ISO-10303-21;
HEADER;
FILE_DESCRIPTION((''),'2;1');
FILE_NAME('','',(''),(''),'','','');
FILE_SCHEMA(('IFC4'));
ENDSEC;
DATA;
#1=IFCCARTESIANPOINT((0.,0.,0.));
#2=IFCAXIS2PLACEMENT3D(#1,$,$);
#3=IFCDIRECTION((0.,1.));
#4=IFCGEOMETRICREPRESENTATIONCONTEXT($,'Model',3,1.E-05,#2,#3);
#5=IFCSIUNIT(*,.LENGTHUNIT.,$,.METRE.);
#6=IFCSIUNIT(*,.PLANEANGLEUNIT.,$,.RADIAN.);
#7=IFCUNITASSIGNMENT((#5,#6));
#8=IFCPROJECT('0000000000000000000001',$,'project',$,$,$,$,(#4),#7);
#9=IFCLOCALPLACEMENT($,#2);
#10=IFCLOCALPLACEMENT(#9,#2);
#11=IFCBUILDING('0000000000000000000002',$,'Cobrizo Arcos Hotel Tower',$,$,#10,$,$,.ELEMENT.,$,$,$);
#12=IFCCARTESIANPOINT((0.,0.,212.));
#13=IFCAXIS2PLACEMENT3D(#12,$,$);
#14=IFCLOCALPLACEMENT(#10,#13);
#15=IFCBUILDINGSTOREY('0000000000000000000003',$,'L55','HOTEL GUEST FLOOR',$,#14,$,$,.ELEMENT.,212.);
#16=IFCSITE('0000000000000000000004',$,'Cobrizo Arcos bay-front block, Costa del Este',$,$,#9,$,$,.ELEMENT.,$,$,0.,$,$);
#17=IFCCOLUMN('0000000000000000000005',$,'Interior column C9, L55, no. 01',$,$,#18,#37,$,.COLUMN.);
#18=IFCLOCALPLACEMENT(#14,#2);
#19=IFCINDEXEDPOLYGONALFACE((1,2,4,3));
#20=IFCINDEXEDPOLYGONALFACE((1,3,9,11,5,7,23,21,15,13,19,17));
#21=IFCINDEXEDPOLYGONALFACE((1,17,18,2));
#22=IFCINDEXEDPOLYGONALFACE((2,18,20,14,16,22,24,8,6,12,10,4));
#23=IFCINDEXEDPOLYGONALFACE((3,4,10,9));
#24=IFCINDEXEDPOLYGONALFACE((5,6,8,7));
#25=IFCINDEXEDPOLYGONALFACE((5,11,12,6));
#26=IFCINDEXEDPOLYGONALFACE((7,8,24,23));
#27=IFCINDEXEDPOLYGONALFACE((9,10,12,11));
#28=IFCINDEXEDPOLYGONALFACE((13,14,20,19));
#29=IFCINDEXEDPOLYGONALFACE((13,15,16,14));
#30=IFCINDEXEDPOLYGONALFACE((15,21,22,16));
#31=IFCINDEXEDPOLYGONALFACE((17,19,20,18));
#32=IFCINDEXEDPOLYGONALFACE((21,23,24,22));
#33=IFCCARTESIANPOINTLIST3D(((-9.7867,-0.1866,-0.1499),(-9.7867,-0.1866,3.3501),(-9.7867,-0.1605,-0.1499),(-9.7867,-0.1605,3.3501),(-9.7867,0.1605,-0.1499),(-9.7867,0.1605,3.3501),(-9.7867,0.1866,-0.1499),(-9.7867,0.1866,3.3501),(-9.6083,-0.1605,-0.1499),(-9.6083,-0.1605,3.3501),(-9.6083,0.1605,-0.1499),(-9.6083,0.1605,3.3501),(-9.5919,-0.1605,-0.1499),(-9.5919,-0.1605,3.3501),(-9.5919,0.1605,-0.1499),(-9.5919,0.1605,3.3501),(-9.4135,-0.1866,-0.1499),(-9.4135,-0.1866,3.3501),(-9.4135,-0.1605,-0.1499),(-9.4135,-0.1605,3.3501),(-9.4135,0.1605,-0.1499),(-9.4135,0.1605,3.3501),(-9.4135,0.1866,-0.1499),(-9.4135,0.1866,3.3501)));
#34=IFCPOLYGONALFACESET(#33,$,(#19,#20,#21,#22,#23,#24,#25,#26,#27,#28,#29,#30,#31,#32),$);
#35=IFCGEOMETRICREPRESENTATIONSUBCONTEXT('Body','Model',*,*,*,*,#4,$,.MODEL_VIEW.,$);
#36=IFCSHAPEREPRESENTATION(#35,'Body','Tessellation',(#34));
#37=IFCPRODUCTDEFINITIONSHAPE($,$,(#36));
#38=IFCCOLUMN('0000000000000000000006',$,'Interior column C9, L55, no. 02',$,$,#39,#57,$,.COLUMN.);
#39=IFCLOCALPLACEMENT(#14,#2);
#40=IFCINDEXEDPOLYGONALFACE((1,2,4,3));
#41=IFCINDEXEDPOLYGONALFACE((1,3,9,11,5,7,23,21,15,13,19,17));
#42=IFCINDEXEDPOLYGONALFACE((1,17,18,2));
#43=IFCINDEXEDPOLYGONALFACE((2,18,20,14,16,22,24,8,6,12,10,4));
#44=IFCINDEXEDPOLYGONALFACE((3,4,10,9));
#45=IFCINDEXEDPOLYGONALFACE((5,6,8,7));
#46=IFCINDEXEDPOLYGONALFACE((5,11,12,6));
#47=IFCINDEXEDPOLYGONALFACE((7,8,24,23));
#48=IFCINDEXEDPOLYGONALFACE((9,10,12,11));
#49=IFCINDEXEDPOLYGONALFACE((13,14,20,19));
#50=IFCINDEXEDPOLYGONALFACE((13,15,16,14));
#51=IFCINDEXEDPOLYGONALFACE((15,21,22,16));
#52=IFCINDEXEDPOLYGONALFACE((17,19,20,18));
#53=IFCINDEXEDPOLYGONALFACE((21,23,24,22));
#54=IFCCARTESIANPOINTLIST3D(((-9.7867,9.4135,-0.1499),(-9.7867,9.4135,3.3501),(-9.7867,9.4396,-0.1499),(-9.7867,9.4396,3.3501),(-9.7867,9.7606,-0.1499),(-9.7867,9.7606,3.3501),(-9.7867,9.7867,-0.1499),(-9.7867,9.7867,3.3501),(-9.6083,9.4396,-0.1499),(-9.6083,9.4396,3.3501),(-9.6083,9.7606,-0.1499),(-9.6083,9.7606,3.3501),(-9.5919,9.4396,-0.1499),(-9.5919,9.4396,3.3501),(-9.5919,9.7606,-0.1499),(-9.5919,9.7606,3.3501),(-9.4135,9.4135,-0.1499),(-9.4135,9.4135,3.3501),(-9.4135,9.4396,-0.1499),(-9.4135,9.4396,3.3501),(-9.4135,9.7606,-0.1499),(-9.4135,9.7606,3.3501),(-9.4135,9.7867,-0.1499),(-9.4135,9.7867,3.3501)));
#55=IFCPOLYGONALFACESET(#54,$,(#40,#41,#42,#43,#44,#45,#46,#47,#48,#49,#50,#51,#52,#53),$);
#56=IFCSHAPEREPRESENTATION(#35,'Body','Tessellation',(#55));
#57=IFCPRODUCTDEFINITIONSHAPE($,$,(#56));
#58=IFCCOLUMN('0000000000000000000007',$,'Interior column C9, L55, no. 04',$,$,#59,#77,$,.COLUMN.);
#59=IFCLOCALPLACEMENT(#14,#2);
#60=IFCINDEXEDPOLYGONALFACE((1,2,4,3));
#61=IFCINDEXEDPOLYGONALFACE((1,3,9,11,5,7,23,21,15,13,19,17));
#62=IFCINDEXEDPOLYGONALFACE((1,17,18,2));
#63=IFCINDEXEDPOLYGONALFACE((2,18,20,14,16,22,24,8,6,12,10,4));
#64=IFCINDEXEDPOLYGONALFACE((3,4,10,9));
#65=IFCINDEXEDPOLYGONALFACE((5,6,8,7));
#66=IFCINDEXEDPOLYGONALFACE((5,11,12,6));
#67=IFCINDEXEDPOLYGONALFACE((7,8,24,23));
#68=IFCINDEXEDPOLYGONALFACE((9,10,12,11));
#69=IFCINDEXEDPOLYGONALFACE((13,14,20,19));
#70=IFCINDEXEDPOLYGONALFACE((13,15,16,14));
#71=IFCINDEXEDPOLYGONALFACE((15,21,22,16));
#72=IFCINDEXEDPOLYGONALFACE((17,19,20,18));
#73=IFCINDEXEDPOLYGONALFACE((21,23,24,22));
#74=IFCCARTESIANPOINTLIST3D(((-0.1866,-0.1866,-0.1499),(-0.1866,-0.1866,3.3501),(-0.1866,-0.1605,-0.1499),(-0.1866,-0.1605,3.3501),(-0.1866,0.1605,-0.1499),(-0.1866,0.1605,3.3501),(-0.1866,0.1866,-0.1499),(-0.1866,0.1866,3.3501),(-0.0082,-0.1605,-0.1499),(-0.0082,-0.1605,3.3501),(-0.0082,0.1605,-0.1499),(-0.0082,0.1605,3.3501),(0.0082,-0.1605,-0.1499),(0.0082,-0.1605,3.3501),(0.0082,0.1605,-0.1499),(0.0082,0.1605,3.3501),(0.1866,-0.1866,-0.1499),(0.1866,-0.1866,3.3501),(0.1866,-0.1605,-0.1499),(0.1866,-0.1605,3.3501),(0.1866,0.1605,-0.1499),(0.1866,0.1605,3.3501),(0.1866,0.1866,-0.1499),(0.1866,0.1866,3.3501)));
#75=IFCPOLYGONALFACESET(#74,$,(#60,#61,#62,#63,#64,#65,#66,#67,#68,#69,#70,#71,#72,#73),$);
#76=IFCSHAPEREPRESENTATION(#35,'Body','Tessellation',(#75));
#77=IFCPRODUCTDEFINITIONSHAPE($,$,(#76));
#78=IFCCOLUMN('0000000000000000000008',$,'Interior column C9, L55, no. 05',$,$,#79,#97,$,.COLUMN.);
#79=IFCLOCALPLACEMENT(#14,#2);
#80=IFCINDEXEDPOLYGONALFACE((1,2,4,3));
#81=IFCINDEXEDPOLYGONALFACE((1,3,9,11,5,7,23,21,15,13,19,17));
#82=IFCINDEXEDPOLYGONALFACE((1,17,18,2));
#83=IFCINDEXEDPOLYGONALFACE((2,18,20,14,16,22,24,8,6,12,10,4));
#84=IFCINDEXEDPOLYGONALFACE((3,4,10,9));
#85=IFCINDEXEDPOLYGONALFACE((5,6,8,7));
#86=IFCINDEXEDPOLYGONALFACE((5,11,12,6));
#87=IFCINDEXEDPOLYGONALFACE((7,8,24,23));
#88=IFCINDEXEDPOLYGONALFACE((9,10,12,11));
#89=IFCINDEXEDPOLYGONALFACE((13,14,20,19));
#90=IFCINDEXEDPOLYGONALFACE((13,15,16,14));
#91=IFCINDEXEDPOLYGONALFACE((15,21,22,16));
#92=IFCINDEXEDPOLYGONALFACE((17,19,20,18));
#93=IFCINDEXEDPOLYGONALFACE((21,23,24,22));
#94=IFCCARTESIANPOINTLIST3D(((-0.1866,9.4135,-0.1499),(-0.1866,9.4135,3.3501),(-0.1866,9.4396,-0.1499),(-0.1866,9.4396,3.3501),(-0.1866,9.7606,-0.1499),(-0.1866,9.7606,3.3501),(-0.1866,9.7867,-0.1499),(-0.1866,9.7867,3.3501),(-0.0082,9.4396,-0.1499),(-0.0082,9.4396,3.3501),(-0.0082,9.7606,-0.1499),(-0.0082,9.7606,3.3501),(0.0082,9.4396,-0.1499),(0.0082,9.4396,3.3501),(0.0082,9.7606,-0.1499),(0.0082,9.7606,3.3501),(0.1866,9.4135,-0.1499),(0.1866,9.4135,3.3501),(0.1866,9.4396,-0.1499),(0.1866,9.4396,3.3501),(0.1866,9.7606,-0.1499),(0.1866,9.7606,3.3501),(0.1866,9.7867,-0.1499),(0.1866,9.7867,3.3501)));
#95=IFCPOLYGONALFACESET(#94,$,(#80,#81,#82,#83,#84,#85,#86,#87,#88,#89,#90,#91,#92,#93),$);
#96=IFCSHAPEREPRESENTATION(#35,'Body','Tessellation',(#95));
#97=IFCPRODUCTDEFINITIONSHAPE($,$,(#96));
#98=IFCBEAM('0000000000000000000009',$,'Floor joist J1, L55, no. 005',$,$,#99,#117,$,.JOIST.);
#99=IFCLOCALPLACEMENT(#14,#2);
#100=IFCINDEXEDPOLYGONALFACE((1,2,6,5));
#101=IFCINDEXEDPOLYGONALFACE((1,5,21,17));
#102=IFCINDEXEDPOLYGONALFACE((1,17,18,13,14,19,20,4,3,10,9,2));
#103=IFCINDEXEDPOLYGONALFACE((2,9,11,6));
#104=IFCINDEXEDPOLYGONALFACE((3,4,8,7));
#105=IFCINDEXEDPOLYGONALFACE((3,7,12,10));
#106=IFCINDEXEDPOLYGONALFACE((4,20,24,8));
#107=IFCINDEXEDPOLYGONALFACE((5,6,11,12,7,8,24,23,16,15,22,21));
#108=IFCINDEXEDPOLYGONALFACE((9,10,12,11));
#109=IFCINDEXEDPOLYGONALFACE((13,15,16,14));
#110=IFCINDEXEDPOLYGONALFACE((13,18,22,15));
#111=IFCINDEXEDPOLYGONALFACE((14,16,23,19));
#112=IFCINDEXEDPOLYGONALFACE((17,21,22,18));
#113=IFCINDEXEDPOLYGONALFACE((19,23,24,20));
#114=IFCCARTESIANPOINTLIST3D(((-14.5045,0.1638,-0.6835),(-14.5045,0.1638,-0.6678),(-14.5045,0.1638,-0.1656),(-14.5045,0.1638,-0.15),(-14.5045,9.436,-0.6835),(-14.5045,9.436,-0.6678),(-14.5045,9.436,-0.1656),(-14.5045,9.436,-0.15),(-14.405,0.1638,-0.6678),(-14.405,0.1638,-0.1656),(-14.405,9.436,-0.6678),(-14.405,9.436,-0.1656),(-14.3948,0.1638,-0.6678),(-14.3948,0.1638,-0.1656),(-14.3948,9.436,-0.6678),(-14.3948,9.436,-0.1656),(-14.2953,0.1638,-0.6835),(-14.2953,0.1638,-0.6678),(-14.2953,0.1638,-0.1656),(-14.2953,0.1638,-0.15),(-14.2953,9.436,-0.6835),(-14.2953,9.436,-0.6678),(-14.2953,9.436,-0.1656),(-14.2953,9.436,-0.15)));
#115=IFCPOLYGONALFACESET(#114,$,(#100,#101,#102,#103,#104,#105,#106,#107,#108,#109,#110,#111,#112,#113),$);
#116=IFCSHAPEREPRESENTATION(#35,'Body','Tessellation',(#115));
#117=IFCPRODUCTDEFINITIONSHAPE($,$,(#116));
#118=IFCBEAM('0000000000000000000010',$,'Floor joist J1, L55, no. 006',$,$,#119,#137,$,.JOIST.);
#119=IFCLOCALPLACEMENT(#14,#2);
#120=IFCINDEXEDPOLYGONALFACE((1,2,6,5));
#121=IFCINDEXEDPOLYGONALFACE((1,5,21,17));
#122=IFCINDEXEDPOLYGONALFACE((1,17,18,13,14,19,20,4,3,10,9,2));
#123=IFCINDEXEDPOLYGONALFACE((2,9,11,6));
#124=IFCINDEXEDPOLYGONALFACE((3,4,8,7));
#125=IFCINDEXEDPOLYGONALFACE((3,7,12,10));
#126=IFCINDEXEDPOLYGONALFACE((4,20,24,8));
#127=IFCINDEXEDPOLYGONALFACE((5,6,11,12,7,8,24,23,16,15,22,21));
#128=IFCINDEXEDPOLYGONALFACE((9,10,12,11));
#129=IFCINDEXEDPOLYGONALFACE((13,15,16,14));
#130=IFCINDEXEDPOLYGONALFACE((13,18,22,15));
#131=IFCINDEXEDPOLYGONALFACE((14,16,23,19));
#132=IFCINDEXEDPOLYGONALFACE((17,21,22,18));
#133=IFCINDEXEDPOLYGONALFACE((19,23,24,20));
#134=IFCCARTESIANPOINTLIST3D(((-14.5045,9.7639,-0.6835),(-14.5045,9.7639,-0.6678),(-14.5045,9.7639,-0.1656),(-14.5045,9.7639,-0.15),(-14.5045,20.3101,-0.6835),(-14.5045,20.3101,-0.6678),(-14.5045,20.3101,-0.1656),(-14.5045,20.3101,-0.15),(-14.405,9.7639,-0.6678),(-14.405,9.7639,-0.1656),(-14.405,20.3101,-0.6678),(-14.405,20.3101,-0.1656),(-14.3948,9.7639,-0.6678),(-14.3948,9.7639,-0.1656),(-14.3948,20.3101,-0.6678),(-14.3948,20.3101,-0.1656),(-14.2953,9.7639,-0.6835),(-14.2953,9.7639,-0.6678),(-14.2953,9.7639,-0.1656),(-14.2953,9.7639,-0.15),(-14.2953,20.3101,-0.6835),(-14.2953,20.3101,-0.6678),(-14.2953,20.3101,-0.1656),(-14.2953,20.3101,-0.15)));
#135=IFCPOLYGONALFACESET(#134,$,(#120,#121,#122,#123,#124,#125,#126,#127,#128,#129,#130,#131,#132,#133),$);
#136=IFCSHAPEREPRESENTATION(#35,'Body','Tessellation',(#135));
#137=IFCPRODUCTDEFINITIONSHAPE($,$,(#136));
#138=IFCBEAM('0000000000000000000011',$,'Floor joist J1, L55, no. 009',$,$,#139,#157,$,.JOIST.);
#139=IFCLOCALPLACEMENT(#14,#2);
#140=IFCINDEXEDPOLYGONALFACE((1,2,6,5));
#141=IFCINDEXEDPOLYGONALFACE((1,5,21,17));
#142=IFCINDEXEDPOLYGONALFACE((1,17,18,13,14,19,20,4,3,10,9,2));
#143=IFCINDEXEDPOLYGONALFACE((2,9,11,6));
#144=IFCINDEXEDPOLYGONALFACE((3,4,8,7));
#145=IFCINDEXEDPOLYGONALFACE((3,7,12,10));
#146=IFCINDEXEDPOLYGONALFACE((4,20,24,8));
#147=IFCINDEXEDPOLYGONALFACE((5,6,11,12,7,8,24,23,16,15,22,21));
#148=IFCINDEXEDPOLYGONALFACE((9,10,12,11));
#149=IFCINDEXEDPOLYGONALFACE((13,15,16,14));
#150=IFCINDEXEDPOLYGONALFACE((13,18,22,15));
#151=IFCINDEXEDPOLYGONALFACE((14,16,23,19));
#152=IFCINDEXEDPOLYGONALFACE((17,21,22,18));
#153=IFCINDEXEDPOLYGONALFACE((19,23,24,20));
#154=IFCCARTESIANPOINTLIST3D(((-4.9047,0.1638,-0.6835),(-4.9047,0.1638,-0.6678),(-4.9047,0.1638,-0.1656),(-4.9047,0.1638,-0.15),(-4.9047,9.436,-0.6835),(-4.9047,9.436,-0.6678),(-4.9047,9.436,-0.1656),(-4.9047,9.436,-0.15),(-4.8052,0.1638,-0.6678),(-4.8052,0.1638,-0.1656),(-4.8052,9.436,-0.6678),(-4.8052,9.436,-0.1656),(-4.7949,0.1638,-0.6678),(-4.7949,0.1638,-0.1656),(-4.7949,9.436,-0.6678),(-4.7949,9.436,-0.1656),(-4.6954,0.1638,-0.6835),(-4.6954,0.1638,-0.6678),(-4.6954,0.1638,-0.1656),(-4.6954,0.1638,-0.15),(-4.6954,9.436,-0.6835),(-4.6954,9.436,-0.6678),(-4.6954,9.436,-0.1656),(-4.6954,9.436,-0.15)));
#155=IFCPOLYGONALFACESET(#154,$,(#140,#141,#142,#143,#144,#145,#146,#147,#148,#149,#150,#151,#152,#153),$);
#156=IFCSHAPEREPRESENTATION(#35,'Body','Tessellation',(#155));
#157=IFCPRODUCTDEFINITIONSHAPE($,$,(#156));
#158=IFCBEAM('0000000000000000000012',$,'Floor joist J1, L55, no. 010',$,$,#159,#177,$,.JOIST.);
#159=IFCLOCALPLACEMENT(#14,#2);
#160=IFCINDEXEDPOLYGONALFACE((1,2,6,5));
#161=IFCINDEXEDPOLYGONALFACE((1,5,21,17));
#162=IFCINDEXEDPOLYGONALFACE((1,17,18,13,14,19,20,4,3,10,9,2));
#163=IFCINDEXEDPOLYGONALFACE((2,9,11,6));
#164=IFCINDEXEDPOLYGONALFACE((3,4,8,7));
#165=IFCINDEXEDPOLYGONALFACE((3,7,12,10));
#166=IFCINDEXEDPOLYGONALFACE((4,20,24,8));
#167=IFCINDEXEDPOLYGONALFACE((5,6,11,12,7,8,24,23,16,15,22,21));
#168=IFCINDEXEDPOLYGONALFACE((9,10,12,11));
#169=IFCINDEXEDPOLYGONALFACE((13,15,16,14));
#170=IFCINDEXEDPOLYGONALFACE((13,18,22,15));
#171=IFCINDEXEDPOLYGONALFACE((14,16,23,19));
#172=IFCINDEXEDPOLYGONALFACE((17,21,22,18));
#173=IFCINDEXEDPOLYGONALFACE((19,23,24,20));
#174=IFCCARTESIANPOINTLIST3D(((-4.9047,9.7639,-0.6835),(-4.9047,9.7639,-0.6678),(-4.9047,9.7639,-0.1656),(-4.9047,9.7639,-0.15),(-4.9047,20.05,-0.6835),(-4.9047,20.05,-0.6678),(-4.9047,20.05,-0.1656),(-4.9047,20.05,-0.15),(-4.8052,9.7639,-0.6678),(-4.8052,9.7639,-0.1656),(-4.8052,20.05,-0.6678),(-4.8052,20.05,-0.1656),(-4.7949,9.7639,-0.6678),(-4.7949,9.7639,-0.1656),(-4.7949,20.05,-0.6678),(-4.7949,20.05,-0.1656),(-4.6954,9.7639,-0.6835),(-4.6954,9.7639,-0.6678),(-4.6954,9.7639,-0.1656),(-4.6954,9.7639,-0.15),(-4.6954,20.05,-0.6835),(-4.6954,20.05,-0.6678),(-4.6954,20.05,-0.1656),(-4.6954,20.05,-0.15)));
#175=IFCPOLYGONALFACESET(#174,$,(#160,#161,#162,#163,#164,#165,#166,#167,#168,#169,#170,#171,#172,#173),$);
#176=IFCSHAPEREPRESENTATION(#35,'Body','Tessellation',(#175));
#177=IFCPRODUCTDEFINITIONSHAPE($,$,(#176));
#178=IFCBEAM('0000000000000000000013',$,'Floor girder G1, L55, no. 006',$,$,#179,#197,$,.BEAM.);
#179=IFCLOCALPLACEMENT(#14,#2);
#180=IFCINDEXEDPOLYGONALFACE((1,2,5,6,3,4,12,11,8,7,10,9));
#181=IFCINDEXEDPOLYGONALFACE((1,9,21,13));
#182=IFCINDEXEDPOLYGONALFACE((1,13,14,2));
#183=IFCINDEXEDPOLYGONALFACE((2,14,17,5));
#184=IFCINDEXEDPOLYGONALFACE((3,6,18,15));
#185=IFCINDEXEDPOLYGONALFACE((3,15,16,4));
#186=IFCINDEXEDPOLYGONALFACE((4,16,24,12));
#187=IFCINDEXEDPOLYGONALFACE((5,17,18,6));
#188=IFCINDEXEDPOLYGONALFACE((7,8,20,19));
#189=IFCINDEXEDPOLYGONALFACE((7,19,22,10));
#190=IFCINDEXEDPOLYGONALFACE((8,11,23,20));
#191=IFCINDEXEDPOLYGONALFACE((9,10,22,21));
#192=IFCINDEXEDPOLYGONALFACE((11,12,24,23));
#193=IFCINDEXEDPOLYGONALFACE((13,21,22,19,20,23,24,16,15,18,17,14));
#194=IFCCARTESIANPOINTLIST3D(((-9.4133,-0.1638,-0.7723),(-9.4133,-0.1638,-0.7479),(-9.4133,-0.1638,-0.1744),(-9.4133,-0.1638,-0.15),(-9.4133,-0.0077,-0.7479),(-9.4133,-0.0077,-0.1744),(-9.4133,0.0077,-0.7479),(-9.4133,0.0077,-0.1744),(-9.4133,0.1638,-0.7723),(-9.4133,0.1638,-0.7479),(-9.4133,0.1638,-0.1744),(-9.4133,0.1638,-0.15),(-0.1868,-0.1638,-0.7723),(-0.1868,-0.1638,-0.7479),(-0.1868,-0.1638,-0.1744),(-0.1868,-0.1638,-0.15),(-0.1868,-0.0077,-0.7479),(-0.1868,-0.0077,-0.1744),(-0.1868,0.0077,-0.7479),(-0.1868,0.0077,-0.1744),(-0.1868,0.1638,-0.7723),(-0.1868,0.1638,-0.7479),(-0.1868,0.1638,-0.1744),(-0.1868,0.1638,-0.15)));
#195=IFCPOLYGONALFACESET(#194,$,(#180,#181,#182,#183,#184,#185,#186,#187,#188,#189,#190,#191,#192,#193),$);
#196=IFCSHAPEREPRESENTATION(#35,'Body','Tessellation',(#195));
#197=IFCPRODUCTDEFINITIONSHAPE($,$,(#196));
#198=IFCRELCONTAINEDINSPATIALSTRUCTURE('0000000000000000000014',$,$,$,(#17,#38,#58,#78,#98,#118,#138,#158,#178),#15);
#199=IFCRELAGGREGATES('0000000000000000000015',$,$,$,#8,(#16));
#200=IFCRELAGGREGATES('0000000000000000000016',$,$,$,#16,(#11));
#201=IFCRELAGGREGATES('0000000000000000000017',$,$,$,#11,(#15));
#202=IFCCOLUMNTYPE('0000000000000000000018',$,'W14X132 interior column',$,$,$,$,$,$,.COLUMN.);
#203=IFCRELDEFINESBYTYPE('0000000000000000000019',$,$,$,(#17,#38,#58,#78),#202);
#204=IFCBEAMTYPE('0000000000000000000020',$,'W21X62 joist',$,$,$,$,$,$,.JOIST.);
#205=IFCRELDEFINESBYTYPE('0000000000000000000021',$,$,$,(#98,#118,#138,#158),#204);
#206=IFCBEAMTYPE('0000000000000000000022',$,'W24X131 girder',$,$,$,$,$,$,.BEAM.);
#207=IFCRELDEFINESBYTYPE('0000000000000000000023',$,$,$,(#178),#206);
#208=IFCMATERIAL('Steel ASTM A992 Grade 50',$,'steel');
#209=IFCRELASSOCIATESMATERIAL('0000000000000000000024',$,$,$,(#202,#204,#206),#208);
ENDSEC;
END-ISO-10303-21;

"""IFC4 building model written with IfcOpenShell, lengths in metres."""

from ifc_helpers import new_model, si_unit, direction, frame, origin, origin_2d, place, context, subcontext, project, spatial, i_section, extrude, material, material_profile, profile_set, type_object, element, save


model = new_model("IFC4")

# Units and contexts
model_context = context("Model", 3, precision=1e-05, world=origin(), true_north=direction((0.0, 1.0)))
body_context = subcontext(model_context, "Body", "Model", "MODEL_VIEW")
ifc_project = project(units=[si_unit("LENGTHUNIT", "METRE"), si_unit("PLANEANGLEUNIT", "RADIAN")], contexts=[model_context])

# Site, building, storey
site_placement = place(None, origin())
site = spatial("IfcSite", under=ifc_project, at=site_placement, Name="Cobrizo Arcos bay-front block, Costa del Este", CompositionType="ELEMENT", RefElevation=0.0)
building_placement = place(site_placement, origin())
building = spatial("IfcBuilding", under=site, at=building_placement, Name="Cobrizo Arcos Hotel Tower", CompositionType="ELEMENT")
storey_placement = place(building_placement, frame((0.0, 0.0, 212.0)))
storey = spatial("IfcBuildingStorey", under=building, at=storey_placement, Name="L55", Description="HOTEL GUEST FLOOR", CompositionType="ELEMENT", Elevation=212.0)

# Columns
ifc_material_1 = material(Name="Steel ASTM A992 Grade 50", Category="steel")
ifc_material_profile_1 = material_profile(ifc_material_1, i_section(OverallWidth=0.3733, OverallDepth=0.3733, WebThickness=0.0164, FlangeThickness=0.0261, at=origin_2d()), Name="W14X132")
ifc_profile_set_1 = profile_set([ifc_material_profile_1], Name="Steel ASTM A992 Grade 50")
column_type = type_object("IfcColumnType", Name="W14X132 interior column", PredefinedType="COLUMN", material=ifc_profile_set_1)
for number, where, z_axis, x_axis, name in (
    (1, (-9.6001, 0.0, -0.1499), (0.0, 0.0, 1.0), (1.0, 0.0, 0.0), "Interior column C9, L55, no. 01"),
    (2, (-9.6001, 9.6001, -0.1499), (0.0, 0.0, 1.0), (1.0, 0.0, 0.0), "Interior column C9, L55, no. 02"),
    (3, (0.0, 0.0, -0.1499), (0.0, 0.0, 1.0), (1.0, 0.0, 0.0), "Interior column C9, L55, no. 04"),
    (4, (0.0, 9.6001, -0.1499), (0.0, 0.0, 1.0), (1.0, 0.0, 0.0), "Interior column C9, L55, no. 05"),
):
    element("IfcColumn", number, at=place(storey_placement, frame(where, z_axis=z_axis, x_axis=x_axis)), inside=storey, type_object=column_type, Name=name, PredefinedType="COLUMN", context=body_context, shape_type="SweptSolid", body=[
        extrude(i_section(OverallWidth=0.3733, OverallDepth=0.3733, WebThickness=0.0164, FlangeThickness=0.0261, at=origin_2d()), origin(), (0.0, 0.0, 1.0), 3.5),
    ])

# Beams
ifc_material_profile_2 = material_profile(ifc_material_1, i_section(OverallWidth=0.2092, OverallDepth=0.5334, WebThickness=0.0103, FlangeThickness=0.0156, at=origin_2d()), Name="W21X62")
ifc_profile_set_2 = profile_set([ifc_material_profile_2], Name="Steel ASTM A992 Grade 50")
beam_type_1 = type_object("IfcBeamType", Name="W21X62 joist", PredefinedType="JOIST", material=ifc_profile_set_2)
beam_1_placement = place(storey_placement, frame((-14.3999, 0.1638, -0.4167), z_axis=(0.0, 1.0, 0.0), x_axis=(-1.0, 0.0, 0.0)))
element("IfcBeam", 5, at=beam_1_placement, inside=storey, type_object=beam_type_1, Name="Floor joist J1, L55, no. 005", PredefinedType="JOIST", context=body_context, shape_type="SweptSolid", body=[
    extrude(i_section(OverallWidth=0.2092, OverallDepth=0.5334, WebThickness=0.0103, FlangeThickness=0.0156, at=origin_2d()), origin(), (0.0, 0.0, 1.0), 9.2722),
])
beam_2_placement = place(storey_placement, frame((-14.3999, 9.7639, -0.4167), z_axis=(0.0, 1.0, 0.0), x_axis=(-1.0, 0.0, 0.0)))
element("IfcBeam", 6, at=beam_2_placement, inside=storey, type_object=beam_type_1, Name="Floor joist J1, L55, no. 006", PredefinedType="JOIST", context=body_context, shape_type="SweptSolid", body=[
    extrude(i_section(OverallWidth=0.2092, OverallDepth=0.5334, WebThickness=0.0103, FlangeThickness=0.0156, at=origin_2d()), origin(), (0.0, 0.0, 1.0), 10.5461),
])
beam_3_placement = place(storey_placement, frame((-4.8, 0.1638, -0.4167), z_axis=(0.0, 1.0, 0.0), x_axis=(-1.0, 0.0, 0.0)))
element("IfcBeam", 7, at=beam_3_placement, inside=storey, type_object=beam_type_1, Name="Floor joist J1, L55, no. 009", PredefinedType="JOIST", context=body_context, shape_type="SweptSolid", body=[
    extrude(i_section(OverallWidth=0.2092, OverallDepth=0.5334, WebThickness=0.0103, FlangeThickness=0.0156, at=origin_2d()), origin(), (0.0, 0.0, 1.0), 9.2722),
])
beam_4_placement = place(storey_placement, frame((-4.8, 9.7639, -0.4167), z_axis=(0.0, 1.0, 0.0), x_axis=(-1.0, 0.0, 0.0)))
element("IfcBeam", 8, at=beam_4_placement, inside=storey, type_object=beam_type_1, Name="Floor joist J1, L55, no. 010", PredefinedType="JOIST", context=body_context, shape_type="SweptSolid", body=[
    extrude(i_section(OverallWidth=0.2092, OverallDepth=0.5334, WebThickness=0.0103, FlangeThickness=0.0156, at=origin_2d()), origin(), (0.0, 0.0, 1.0), 10.2861),
])
ifc_material_profile_3 = material_profile(ifc_material_1, i_section(OverallWidth=0.3276, OverallDepth=0.6223, WebThickness=0.0154, FlangeThickness=0.0244, at=origin_2d()), Name="W24X131")
ifc_profile_set_3 = profile_set([ifc_material_profile_3], Name="Steel ASTM A992 Grade 50")
beam_type_2 = type_object("IfcBeamType", Name="W24X131 girder", PredefinedType="BEAM", material=ifc_profile_set_3)
for number, where, z_axis, x_axis, name in (
    (9, (-9.4133, 0.0, -0.4612), (1.0, 0.0, 0.0), (0.0, 1.0, 0.0), "Floor girder G1, L55, no. 006"),
):
    element("IfcBeam", number, at=place(storey_placement, frame(where, z_axis=z_axis, x_axis=x_axis)), inside=storey, type_object=beam_type_2, Name=name, PredefinedType="BEAM", context=body_context, shape_type="SweptSolid", body=[
        extrude(i_section(OverallWidth=0.3276, OverallDepth=0.6223, WebThickness=0.0154, FlangeThickness=0.0244, at=origin_2d()), origin(), (0.0, 0.0, 1.0), 9.2266),
    ])

save(model, "model.ifc")
